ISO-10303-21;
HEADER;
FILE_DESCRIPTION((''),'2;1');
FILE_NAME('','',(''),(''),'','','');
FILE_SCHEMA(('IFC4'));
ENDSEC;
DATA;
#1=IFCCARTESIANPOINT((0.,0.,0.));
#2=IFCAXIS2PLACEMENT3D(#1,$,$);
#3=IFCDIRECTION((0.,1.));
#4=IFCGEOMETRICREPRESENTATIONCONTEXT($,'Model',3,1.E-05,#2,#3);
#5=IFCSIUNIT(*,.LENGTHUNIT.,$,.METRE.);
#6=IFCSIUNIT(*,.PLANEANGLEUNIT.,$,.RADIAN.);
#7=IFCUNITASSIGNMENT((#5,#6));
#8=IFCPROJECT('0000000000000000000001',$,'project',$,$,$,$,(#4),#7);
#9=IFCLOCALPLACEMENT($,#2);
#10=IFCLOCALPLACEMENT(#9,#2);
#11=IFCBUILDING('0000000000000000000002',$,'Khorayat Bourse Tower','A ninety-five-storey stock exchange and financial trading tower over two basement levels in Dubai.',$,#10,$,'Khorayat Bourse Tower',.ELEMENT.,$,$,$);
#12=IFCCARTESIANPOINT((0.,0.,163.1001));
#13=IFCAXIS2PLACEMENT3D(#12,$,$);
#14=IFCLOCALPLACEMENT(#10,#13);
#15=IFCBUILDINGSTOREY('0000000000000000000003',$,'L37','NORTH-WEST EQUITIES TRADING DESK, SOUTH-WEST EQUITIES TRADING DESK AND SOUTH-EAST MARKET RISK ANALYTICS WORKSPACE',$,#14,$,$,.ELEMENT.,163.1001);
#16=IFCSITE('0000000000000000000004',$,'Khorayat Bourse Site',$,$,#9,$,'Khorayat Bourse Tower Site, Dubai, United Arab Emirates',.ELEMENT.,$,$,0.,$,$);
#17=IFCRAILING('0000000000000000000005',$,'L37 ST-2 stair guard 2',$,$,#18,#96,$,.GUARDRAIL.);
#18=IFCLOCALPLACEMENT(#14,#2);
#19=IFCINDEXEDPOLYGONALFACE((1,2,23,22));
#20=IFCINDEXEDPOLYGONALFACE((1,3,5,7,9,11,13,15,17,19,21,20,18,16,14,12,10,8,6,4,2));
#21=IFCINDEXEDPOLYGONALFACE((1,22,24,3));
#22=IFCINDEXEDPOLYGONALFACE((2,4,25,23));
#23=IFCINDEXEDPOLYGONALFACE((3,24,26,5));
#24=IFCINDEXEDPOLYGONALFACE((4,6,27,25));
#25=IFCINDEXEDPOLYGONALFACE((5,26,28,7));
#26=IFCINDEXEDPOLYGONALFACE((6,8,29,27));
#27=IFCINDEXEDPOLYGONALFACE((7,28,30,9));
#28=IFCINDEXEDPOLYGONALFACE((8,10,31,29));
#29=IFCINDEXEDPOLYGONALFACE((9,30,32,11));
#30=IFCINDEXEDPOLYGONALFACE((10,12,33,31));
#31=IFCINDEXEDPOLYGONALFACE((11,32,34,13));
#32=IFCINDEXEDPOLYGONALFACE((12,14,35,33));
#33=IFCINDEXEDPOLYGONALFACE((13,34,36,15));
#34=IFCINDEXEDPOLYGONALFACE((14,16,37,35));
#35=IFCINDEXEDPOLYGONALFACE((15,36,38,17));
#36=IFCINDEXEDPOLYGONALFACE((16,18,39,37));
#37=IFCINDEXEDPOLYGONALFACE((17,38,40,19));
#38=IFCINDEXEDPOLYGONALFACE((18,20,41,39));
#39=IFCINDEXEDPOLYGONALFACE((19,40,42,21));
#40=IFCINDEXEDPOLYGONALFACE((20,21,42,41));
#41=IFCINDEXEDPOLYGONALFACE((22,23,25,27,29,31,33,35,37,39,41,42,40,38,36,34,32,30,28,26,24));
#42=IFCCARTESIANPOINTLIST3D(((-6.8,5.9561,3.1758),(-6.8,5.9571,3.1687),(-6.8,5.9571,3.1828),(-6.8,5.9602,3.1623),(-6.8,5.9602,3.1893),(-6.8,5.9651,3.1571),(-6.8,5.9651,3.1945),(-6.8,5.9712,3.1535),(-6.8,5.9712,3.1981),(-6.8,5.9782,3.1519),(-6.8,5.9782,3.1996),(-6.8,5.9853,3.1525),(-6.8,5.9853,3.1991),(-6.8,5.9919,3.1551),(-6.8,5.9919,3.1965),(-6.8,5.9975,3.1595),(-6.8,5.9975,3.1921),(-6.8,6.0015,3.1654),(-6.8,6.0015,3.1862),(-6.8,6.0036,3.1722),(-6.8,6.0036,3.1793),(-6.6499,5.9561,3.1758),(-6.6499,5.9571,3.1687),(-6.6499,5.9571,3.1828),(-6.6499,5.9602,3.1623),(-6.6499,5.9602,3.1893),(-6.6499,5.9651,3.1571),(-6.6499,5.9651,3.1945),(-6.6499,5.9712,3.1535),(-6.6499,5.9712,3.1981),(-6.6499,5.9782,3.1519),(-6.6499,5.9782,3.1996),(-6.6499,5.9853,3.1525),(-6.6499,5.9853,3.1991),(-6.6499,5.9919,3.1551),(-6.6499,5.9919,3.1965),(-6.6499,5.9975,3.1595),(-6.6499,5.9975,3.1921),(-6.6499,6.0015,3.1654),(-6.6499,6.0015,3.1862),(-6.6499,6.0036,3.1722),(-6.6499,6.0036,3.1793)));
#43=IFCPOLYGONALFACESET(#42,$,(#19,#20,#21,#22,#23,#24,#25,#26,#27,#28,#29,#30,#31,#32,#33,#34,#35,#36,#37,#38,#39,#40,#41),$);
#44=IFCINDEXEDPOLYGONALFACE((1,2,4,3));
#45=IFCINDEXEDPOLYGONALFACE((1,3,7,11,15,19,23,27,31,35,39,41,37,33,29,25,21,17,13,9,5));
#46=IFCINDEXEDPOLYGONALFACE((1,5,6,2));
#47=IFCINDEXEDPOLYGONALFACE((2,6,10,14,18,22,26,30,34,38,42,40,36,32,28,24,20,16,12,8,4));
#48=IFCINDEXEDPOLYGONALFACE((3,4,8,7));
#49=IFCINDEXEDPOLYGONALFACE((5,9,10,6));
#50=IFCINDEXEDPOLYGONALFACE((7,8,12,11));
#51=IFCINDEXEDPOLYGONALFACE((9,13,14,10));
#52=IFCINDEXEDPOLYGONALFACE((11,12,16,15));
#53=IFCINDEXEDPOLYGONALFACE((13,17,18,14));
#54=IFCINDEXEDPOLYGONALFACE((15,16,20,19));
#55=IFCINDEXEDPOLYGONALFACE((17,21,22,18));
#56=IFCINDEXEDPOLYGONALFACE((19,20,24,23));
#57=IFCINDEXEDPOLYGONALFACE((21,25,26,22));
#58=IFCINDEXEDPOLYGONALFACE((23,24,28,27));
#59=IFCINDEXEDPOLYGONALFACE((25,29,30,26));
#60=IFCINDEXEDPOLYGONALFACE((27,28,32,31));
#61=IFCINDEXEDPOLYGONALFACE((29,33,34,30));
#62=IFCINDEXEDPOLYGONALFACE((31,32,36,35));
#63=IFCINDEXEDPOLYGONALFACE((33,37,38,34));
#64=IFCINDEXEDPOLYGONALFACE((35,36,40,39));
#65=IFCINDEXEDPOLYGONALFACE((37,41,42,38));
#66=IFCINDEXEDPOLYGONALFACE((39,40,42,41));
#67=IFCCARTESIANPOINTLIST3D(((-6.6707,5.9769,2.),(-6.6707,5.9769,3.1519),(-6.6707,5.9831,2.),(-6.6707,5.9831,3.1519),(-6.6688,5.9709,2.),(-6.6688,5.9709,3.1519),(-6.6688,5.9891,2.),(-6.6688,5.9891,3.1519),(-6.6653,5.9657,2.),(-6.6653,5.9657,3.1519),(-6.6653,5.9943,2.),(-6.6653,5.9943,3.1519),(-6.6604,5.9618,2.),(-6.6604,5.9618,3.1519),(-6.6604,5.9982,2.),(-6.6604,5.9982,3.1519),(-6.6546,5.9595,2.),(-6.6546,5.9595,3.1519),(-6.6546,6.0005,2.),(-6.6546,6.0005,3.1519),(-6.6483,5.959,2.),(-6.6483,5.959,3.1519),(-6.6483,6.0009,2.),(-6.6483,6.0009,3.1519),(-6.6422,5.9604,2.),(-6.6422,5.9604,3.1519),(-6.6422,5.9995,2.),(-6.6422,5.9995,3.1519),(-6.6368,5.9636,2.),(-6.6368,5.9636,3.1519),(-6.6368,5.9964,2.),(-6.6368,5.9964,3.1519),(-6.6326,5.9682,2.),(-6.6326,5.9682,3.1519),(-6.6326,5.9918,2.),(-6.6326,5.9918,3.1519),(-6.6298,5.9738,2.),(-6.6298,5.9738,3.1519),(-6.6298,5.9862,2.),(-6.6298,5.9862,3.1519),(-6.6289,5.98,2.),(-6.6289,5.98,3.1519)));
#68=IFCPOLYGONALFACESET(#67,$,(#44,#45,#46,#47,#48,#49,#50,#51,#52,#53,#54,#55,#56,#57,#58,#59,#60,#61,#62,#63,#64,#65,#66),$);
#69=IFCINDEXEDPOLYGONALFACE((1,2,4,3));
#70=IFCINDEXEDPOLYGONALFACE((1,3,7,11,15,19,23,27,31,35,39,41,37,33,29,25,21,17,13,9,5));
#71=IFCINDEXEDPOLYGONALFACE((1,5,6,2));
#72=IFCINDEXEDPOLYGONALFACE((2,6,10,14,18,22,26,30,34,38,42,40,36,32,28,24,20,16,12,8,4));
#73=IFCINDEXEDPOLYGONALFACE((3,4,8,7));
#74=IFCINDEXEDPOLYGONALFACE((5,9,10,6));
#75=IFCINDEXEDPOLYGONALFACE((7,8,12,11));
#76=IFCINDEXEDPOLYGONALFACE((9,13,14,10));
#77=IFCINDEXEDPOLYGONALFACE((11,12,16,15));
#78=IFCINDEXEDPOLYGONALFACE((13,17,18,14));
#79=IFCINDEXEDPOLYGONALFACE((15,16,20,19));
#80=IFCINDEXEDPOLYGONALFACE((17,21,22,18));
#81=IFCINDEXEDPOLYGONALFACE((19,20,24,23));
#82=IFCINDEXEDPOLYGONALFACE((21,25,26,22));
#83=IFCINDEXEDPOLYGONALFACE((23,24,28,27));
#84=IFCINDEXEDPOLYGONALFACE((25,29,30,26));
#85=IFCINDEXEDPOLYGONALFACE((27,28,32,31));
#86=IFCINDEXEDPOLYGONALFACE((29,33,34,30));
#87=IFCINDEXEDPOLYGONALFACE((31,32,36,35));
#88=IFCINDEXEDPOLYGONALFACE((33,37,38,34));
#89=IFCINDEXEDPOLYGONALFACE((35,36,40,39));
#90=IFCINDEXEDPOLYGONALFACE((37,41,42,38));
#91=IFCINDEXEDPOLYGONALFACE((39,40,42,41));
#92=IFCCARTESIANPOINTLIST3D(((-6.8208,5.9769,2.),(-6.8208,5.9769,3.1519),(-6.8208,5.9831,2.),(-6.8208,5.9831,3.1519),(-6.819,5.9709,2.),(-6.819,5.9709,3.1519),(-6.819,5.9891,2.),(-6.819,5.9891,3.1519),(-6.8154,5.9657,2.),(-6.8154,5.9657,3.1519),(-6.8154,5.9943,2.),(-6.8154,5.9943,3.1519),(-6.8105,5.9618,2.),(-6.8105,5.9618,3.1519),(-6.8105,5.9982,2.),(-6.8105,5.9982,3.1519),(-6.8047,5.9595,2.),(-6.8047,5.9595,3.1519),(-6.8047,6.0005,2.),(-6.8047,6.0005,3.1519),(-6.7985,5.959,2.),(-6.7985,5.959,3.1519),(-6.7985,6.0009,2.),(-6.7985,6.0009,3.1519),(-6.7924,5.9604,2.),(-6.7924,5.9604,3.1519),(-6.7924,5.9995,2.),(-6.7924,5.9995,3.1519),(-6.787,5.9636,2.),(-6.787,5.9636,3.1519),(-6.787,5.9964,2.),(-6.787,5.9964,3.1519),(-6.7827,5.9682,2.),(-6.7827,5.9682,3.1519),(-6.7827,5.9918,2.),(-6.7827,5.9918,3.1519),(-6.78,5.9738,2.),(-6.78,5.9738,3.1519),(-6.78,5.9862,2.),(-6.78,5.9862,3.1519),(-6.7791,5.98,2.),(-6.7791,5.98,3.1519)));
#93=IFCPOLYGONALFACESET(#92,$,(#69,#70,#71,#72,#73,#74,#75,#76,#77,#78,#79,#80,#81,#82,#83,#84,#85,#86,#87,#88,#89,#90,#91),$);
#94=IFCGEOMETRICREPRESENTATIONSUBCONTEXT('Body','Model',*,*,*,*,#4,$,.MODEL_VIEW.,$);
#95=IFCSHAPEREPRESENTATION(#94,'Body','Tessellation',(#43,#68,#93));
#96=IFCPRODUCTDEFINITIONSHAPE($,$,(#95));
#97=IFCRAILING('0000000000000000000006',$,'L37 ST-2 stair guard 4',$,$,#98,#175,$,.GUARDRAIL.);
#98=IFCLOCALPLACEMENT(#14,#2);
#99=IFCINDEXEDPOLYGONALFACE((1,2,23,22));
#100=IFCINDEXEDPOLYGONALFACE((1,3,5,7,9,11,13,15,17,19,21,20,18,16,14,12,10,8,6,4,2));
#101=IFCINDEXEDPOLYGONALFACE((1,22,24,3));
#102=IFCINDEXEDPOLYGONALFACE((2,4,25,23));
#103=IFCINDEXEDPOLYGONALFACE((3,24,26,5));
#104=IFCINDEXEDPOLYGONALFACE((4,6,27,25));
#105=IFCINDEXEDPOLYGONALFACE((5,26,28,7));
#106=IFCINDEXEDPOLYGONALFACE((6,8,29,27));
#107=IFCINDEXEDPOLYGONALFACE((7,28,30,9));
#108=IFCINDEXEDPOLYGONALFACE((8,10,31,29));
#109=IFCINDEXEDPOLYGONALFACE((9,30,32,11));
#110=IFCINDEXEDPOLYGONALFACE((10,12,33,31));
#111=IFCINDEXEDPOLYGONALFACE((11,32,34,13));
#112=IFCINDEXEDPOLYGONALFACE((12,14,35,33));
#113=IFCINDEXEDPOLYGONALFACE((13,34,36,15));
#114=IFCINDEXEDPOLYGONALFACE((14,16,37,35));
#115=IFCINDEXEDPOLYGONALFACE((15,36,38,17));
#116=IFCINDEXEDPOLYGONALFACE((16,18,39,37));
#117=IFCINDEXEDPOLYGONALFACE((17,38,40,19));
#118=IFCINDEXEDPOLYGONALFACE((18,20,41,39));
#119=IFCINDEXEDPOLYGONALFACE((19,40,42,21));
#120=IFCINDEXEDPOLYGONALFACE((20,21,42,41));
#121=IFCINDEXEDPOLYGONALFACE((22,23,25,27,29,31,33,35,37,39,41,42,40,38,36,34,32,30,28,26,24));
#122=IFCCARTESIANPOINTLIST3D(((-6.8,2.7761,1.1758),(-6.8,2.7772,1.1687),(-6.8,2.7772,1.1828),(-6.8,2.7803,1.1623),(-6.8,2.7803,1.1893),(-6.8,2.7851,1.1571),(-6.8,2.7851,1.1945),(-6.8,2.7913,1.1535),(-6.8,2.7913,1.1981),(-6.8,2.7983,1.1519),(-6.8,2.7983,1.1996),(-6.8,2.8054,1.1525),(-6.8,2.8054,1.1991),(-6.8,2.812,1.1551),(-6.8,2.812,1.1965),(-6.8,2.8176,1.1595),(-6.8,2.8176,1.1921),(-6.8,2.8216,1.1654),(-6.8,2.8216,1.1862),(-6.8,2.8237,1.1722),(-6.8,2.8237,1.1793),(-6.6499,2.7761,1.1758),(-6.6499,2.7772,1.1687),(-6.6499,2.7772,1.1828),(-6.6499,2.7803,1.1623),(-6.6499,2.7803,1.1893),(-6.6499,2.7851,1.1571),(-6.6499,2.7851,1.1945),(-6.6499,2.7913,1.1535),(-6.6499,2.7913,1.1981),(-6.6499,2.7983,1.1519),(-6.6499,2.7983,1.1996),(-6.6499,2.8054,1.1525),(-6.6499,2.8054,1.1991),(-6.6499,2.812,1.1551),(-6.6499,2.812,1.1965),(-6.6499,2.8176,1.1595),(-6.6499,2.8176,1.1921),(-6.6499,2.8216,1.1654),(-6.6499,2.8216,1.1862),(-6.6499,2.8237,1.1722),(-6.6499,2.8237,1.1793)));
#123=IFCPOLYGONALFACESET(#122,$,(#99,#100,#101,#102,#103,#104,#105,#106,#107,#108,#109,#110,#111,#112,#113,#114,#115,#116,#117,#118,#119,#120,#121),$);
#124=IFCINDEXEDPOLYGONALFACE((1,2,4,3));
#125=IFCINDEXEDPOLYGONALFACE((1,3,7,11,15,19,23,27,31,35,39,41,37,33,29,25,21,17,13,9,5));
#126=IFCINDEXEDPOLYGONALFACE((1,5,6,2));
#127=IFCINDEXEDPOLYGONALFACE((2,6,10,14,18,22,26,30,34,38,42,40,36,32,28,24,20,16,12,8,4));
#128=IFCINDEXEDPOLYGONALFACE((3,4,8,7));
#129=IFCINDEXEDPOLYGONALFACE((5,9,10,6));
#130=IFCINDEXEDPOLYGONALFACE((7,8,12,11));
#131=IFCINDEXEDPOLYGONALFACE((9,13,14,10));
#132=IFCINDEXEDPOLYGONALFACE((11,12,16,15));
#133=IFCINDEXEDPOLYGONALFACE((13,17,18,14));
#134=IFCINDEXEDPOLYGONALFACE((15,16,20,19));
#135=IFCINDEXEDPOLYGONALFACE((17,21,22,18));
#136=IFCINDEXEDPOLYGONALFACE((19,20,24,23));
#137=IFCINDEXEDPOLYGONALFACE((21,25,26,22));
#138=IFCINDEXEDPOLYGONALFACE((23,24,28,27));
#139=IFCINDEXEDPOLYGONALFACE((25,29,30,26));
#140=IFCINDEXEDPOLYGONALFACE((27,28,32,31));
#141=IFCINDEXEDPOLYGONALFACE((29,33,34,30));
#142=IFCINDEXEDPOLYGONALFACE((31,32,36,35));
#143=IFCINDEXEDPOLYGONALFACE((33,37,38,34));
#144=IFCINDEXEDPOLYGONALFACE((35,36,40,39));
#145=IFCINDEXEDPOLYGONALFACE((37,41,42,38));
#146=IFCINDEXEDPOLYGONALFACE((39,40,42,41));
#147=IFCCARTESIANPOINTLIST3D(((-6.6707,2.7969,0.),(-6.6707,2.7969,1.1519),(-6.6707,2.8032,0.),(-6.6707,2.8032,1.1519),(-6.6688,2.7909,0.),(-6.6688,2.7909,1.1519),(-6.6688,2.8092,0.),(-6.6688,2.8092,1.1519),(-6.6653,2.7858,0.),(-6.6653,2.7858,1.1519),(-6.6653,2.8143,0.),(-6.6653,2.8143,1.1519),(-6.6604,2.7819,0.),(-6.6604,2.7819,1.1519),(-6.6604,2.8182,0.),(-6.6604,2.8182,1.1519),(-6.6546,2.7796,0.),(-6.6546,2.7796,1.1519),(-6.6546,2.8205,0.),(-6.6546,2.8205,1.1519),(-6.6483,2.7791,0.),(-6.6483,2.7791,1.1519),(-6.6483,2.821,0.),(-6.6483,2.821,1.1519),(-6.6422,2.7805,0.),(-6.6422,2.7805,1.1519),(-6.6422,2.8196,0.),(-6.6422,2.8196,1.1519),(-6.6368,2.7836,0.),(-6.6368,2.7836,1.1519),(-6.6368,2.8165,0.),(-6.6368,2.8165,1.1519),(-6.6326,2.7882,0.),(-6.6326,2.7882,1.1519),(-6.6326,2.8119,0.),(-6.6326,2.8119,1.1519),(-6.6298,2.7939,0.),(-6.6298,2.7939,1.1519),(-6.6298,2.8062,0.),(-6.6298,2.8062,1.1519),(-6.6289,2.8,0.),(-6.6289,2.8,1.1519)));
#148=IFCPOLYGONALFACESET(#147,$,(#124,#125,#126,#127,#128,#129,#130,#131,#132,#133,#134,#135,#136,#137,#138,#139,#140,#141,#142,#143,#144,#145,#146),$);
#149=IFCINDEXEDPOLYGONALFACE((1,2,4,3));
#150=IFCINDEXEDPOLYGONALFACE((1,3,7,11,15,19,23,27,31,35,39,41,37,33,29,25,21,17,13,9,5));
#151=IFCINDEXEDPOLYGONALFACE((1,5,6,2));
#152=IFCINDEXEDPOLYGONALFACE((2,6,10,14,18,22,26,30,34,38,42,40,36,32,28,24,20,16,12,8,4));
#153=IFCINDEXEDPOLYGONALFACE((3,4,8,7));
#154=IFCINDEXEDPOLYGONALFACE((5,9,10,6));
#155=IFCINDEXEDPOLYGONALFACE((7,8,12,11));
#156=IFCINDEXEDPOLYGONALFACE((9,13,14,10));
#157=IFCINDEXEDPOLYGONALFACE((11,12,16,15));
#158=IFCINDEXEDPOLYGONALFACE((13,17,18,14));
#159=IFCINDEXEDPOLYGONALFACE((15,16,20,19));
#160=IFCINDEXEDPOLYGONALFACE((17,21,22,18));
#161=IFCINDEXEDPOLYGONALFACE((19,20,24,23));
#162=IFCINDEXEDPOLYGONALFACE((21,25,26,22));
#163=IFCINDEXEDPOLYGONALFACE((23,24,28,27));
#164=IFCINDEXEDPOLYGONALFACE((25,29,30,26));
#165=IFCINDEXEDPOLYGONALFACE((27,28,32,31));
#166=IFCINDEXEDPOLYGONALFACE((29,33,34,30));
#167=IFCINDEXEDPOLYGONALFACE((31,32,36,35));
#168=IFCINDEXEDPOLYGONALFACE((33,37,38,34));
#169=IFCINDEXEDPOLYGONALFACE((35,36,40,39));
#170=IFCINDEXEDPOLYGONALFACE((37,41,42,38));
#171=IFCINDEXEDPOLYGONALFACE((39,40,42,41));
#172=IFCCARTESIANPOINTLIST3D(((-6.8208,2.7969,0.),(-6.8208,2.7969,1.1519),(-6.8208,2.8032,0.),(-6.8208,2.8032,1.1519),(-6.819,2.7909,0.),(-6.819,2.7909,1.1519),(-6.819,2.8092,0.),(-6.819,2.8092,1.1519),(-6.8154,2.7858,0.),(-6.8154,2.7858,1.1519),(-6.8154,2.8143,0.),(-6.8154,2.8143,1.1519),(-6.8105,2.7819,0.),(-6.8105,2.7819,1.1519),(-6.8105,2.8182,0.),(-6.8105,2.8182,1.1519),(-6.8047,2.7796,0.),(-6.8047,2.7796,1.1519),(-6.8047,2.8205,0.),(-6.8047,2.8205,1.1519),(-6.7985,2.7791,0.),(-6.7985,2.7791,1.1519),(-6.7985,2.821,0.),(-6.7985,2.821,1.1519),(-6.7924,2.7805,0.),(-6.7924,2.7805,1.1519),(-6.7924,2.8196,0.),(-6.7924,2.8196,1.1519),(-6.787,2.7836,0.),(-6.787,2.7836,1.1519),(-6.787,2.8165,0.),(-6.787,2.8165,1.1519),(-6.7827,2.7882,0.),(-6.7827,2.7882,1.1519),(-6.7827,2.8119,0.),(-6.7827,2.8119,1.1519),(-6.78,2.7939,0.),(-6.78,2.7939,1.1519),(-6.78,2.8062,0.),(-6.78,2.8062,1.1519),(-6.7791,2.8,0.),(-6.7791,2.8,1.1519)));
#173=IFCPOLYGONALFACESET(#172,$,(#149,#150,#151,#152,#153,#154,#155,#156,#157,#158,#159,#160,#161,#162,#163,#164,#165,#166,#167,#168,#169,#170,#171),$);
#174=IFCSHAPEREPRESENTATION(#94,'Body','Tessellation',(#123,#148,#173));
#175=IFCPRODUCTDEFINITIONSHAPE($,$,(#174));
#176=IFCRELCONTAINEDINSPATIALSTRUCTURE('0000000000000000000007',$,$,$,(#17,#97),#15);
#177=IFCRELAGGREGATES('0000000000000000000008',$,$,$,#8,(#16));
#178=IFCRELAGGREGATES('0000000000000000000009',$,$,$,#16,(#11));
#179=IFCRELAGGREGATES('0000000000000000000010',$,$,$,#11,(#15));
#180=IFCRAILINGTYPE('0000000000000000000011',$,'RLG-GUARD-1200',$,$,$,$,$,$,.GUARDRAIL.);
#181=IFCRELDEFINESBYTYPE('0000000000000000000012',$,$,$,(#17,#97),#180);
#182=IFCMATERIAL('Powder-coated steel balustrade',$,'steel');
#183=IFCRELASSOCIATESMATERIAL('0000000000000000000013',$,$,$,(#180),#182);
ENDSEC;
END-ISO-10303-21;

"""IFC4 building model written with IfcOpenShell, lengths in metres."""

from ifc_helpers import new_model, si_unit, direction, frame, origin, origin_2d, place, context, subcontext, project, spatial, circle, extrude, source, transform, mapped, material, type_object, element, save


model = new_model("IFC4")

# Units and contexts
model_context = context("Model", 3, precision=1e-05, world=origin(), true_north=direction((0.0, 1.0)))
body_context = subcontext(model_context, "Body", "Model", "MODEL_VIEW")
ifc_project = project(units=[si_unit("LENGTHUNIT", "METRE"), si_unit("PLANEANGLEUNIT", "RADIAN")], contexts=[model_context])

# Site, building, storey
site_placement = place(None, origin())
site = spatial("IfcSite", under=ifc_project, at=site_placement, Name="Khorayat Bourse Site", LongName="Khorayat Bourse Tower Site, Dubai, United Arab Emirates", CompositionType="ELEMENT", RefElevation=0.0)
building_placement = place(site_placement, origin())
building = spatial("IfcBuilding", under=site, at=building_placement, Name="Khorayat Bourse Tower", Description="A ninety-five-storey stock exchange and financial trading tower over two basement levels in Dubai.", LongName="Khorayat Bourse Tower", CompositionType="ELEMENT")
storey_placement = place(building_placement, frame((0.0, 0.0, 163.1001)))
storey = spatial("IfcBuildingStorey", under=building, at=storey_placement, Name="L37", Description="NORTH-WEST EQUITIES TRADING DESK, SOUTH-WEST EQUITIES TRADING DESK AND SOUTH-EAST MARKET RISK ANALYTICS WORKSPACE", CompositionType="ELEMENT", Elevation=163.1001)

# Railings
ifc_material_1 = material(Name="Powder-coated steel balustrade", Category="steel")
railing_type_1 = type_object("IfcRailingType", Name="RLG-GUARD-1200", PredefinedType="GUARDRAIL", material=ifc_material_1)
shared_shape_1 = source(origin(), body_context, "Body", "SweptSolid", [
    extrude(circle(Radius=0.0239, at=origin_2d()), frame((0.0, 0.0, 1.1758), z_axis=(-1.0, 0.0, 0.0), x_axis=(0.0, -1.0, 0.0)), (0.0, 0.0, 1.0), 0.1501),
    extrude(circle(Radius=0.021, at=origin_2d()), origin(), (0.0, 0.0, 1.0), 1.1519),
    extrude(circle(Radius=0.021, at=origin_2d()), frame((-0.1501, 0.0, 0.0)), (0.0, 0.0, 1.0), 1.1519),
])
for number, where, name in (
    (1, (-6.6499, 5.98, 2.0), "L37 ST-2 stair guard 2"),
    (2, (-6.6499, 2.8, 0.0), "L37 ST-2 stair guard 4"),
):
    element("IfcRailing", number, at=place(storey_placement, frame(where)), inside=storey, type_object=railing_type_1, Name=name, PredefinedType="GUARDRAIL", context=body_context, shape_type="MappedRepresentation", body=[
        mapped(shared_shape_1, transform((0.0, 0.0, 0.0), scale=1.0)),
    ])

save(model, "model.ifc")
